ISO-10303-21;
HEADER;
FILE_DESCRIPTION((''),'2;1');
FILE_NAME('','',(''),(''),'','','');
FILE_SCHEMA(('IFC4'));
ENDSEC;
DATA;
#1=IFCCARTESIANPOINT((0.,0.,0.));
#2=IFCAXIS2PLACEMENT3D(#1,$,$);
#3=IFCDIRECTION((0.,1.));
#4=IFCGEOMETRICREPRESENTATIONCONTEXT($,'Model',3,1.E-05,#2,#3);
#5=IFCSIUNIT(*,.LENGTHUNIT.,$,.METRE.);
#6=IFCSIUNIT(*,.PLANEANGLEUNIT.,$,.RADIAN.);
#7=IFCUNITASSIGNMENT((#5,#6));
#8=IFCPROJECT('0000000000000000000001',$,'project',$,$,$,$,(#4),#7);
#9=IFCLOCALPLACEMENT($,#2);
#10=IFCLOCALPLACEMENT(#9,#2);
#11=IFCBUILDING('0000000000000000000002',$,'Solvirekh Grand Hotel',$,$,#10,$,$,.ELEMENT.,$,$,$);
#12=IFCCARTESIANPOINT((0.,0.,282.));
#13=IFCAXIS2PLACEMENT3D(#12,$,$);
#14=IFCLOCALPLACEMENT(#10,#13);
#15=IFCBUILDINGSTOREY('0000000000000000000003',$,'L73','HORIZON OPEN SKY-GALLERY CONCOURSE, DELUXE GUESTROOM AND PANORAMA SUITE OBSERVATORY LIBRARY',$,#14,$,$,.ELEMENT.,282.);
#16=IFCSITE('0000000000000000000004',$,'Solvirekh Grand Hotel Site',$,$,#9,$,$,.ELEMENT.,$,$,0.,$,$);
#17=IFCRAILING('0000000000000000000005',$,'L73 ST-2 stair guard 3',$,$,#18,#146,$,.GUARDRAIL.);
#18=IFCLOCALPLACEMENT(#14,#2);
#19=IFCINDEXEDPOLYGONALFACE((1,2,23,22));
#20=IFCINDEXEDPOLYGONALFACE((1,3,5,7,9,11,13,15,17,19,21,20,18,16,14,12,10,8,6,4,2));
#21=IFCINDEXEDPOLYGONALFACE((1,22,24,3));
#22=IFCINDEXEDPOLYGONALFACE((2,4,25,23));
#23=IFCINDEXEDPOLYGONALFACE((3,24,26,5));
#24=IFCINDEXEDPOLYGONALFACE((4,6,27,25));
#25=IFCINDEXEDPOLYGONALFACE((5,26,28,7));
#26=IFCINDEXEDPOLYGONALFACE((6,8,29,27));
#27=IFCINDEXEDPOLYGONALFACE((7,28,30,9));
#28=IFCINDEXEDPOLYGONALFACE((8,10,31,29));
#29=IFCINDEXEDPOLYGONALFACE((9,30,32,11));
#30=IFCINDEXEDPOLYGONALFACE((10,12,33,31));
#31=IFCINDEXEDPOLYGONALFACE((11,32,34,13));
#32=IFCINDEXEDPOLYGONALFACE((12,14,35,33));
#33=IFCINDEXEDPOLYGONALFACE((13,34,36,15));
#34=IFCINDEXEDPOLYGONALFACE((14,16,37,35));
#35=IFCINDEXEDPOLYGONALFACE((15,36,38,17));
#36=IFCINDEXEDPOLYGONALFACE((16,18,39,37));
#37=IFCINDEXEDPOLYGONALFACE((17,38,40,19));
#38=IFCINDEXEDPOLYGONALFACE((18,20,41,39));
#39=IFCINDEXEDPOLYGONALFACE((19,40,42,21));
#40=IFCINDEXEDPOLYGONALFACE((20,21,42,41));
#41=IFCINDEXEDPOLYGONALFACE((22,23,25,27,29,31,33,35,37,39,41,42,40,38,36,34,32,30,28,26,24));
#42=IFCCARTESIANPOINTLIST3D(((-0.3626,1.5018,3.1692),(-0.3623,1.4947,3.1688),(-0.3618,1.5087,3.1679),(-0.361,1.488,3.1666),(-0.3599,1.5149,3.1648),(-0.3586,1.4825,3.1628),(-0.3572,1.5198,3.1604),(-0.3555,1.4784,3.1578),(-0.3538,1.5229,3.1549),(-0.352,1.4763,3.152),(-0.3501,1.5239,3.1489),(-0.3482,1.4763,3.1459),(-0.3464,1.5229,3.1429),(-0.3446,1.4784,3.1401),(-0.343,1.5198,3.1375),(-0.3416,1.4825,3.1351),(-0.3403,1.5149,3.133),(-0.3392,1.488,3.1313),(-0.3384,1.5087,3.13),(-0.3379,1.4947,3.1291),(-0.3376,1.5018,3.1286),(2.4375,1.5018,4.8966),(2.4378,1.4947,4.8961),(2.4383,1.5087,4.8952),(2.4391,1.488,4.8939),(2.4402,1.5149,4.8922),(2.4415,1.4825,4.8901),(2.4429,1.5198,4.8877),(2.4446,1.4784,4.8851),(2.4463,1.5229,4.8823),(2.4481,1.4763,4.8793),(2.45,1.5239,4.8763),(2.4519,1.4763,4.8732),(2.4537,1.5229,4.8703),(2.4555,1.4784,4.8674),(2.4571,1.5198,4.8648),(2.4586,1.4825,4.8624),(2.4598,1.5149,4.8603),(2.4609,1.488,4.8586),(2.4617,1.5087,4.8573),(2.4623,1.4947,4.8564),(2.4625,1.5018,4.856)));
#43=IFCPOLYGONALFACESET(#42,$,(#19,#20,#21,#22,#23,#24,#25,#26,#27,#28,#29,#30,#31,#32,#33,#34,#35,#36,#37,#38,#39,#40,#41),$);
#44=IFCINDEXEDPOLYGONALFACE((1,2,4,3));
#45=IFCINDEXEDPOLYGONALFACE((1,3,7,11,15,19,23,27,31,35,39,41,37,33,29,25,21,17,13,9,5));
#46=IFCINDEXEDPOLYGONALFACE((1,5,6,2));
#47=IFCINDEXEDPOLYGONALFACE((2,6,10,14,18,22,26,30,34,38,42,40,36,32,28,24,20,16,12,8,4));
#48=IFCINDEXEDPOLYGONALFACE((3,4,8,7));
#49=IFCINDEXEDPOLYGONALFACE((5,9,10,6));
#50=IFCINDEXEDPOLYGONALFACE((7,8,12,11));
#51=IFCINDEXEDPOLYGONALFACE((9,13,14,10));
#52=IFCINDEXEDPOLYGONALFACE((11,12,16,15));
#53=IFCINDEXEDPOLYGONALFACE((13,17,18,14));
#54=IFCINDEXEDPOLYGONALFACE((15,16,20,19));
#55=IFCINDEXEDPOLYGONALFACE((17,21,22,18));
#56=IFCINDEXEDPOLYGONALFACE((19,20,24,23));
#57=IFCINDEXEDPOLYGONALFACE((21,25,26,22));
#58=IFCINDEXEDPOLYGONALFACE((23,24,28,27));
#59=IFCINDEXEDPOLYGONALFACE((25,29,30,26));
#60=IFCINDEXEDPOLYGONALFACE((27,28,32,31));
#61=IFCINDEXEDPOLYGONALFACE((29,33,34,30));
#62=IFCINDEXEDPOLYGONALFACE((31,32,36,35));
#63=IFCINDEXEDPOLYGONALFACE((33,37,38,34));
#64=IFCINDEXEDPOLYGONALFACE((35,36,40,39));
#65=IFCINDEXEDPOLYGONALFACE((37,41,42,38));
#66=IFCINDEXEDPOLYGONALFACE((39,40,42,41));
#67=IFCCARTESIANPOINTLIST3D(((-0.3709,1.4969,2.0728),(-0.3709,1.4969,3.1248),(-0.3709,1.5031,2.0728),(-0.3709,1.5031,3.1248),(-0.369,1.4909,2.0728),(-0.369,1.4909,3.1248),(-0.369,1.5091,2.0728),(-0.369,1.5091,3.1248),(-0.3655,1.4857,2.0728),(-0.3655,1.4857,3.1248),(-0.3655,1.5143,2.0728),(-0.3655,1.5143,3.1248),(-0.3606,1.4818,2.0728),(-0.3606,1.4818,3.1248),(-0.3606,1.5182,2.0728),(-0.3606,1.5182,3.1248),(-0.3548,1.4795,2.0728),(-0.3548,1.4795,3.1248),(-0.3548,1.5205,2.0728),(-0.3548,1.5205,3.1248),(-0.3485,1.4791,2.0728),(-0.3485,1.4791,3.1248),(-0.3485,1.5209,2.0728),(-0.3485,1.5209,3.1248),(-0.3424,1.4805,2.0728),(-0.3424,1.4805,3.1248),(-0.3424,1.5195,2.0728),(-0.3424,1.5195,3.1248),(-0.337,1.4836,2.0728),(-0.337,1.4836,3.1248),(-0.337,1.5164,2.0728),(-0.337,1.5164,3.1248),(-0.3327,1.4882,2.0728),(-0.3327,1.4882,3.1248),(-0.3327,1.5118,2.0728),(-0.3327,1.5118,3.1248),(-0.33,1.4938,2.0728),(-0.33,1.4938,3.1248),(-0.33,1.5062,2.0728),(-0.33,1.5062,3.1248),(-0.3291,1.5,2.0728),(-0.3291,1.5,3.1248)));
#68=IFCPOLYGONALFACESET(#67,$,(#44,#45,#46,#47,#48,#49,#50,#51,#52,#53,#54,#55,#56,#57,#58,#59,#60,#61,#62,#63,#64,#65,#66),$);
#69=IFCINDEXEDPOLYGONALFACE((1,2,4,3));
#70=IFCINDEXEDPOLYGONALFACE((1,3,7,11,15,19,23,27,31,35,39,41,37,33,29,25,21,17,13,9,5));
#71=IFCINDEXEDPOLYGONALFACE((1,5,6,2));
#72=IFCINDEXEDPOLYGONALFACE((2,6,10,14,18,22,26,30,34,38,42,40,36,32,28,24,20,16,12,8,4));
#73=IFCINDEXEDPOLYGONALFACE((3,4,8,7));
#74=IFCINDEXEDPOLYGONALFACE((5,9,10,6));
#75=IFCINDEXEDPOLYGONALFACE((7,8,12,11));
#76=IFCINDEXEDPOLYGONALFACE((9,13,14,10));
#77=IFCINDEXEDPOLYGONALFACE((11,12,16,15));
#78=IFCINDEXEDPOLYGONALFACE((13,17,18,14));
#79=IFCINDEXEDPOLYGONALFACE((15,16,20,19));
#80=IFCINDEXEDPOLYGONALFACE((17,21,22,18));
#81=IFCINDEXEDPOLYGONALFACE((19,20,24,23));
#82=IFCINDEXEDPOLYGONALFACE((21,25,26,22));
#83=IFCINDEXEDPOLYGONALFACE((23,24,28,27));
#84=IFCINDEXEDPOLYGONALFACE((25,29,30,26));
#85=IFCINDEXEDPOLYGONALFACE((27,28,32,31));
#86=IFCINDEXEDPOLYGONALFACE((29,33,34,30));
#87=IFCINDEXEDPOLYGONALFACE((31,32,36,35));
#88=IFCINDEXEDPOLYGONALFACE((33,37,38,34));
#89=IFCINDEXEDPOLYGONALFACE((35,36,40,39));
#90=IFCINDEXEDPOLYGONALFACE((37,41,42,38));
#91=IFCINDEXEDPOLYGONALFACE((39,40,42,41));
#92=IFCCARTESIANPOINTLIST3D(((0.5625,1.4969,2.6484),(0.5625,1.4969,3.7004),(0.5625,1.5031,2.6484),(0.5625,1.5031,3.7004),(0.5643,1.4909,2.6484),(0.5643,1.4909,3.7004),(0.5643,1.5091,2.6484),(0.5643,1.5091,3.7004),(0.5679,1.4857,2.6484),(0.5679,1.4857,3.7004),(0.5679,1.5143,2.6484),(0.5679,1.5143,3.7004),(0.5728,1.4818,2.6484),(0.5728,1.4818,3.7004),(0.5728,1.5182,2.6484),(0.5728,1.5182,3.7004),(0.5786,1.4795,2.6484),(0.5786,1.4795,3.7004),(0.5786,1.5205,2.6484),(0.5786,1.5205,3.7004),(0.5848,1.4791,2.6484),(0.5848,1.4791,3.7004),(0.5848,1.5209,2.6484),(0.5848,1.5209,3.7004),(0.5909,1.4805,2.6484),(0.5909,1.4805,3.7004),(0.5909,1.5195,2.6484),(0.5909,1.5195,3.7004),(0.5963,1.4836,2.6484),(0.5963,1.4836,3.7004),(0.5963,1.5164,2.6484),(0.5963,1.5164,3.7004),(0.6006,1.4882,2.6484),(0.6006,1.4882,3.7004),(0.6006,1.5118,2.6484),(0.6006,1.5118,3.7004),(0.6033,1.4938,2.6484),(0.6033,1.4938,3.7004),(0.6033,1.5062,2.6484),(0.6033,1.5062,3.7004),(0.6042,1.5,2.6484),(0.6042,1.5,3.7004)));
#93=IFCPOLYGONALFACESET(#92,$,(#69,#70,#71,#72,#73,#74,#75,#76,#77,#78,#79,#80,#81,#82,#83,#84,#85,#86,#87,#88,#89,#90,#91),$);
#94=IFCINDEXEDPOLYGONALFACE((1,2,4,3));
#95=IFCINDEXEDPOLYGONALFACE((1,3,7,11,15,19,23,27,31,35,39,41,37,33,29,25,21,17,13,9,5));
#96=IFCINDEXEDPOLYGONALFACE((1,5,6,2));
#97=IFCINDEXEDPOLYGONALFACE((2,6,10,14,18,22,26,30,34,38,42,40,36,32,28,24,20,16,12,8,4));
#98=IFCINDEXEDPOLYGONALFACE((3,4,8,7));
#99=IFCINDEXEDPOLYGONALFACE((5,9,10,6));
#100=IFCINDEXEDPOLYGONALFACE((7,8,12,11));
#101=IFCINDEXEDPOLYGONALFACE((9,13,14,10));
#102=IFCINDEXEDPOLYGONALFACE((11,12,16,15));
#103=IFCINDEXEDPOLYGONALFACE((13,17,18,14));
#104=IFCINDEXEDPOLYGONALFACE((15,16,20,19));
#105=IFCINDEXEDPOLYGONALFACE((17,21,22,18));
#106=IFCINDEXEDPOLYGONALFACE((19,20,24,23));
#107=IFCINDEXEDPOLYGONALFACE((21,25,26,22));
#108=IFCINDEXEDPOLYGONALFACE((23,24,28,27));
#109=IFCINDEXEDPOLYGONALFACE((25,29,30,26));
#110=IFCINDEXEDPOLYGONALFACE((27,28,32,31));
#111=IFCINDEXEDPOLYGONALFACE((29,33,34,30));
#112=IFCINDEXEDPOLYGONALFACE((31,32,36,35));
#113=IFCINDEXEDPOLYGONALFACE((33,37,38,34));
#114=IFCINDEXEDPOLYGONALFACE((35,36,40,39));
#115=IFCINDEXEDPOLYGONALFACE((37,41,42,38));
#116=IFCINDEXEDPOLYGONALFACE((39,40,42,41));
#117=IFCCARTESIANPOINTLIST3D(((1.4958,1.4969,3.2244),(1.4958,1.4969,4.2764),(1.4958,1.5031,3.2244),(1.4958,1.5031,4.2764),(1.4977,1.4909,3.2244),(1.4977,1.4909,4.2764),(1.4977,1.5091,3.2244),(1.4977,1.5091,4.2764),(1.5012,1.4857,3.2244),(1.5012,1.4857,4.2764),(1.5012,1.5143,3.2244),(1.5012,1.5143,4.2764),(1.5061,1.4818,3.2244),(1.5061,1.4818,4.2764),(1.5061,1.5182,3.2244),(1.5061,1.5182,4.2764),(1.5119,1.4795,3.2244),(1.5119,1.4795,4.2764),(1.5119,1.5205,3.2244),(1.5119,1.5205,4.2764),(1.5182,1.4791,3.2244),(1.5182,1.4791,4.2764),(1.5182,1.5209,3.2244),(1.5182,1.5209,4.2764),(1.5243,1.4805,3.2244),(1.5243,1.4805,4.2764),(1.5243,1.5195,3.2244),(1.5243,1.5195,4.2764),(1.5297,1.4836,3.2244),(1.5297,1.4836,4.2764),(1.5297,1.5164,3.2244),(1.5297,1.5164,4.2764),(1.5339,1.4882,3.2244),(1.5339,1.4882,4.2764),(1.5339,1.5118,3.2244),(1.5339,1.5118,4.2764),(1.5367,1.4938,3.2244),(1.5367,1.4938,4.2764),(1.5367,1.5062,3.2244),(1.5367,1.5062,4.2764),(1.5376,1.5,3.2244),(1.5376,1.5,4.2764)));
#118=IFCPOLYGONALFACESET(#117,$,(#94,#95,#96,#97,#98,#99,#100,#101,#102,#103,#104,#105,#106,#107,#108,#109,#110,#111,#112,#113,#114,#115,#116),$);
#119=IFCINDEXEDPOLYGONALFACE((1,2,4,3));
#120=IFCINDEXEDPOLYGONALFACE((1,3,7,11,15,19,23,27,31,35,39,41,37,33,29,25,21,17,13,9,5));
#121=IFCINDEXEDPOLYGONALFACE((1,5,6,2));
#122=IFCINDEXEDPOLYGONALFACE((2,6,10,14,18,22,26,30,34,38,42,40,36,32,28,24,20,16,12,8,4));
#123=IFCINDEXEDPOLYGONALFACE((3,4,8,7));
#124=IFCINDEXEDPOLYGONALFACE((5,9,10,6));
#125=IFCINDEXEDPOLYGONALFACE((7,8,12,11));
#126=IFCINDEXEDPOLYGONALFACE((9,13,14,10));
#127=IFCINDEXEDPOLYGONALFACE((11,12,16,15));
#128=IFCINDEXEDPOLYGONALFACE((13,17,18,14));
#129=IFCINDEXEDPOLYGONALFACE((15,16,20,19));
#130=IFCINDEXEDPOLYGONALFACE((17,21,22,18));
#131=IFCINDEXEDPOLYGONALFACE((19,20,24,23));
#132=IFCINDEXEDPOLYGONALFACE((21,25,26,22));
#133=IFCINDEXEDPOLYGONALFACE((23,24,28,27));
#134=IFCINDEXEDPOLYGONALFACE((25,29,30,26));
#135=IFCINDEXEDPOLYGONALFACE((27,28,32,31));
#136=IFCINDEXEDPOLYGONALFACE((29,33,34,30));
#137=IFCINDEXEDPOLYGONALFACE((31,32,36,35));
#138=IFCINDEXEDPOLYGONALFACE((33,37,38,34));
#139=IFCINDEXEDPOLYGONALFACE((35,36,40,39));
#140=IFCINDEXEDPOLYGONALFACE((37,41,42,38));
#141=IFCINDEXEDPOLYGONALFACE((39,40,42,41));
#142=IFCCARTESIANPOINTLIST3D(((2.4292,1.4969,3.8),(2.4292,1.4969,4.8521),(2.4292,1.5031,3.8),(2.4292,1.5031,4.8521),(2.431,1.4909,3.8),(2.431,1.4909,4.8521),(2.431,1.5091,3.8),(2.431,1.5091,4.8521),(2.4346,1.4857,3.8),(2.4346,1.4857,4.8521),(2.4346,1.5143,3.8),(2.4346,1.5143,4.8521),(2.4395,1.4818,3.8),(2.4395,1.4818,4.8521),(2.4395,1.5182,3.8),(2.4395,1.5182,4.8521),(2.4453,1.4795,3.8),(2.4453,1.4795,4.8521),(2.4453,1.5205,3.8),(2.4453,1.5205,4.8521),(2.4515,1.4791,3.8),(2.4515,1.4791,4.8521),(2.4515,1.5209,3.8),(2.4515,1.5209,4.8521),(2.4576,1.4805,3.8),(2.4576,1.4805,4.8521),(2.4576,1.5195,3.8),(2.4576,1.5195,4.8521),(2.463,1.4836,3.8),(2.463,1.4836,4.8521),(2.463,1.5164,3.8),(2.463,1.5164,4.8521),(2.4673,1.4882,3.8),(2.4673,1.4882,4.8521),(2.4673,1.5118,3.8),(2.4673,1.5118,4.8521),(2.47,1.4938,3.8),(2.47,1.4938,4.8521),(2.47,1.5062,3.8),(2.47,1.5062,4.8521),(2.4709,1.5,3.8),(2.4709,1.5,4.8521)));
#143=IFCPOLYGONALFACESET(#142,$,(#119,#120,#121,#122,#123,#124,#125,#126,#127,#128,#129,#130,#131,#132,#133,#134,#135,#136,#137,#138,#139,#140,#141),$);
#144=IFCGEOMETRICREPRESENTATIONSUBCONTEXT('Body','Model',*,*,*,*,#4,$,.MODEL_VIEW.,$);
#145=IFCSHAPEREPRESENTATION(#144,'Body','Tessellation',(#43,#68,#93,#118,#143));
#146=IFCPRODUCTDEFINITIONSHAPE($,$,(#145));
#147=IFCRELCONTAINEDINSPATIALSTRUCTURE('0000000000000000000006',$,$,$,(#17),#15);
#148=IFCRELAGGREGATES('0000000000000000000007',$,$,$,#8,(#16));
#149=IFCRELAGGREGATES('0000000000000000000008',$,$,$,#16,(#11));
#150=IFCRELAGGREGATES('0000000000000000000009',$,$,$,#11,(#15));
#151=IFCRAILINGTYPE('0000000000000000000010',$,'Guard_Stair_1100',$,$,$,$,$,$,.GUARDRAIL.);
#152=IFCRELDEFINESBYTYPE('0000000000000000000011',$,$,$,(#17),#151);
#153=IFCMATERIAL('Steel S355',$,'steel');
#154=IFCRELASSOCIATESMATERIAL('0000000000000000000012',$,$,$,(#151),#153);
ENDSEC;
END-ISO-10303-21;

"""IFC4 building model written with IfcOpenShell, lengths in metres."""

from ifc_helpers import new_model, si_unit, direction, frame, origin, origin_2d, place, context, subcontext, project, spatial, circle, extrude, material, type_object, element, save


model = new_model("IFC4")

# Units and contexts
model_context = context("Model", 3, precision=1e-05, world=origin(), true_north=direction((0.0, 1.0)))
body_context = subcontext(model_context, "Body", "Model", "MODEL_VIEW")
ifc_project = project(units=[si_unit("LENGTHUNIT", "METRE"), si_unit("PLANEANGLEUNIT", "RADIAN")], contexts=[model_context])

# Site, building, storey
site_placement = place(None, origin())
site = spatial("IfcSite", under=ifc_project, at=site_placement, Name="Solvirekh Grand Hotel Site", CompositionType="ELEMENT", RefElevation=0.0)
building_placement = place(site_placement, origin())
building = spatial("IfcBuilding", under=site, at=building_placement, Name="Solvirekh Grand Hotel", CompositionType="ELEMENT")
storey_placement = place(building_placement, frame((0.0, 0.0, 282.0)))
storey = spatial("IfcBuildingStorey", under=building, at=storey_placement, Name="L73", Description="HORIZON OPEN SKY-GALLERY CONCOURSE, DELUXE GUESTROOM AND PANORAMA SUITE OBSERVATORY LIBRARY", CompositionType="ELEMENT", Elevation=282.0)

# Railing
ifc_material_1 = material(Name="Steel S355", Category="steel")
railing_type_1 = type_object("IfcRailingType", Name="Guard_Stair_1100", PredefinedType="GUARDRAIL", material=ifc_material_1)
railing_1_placement = place(storey_placement, frame((-0.3501, 1.5, 2.0728)))
element("IfcRailing", 1, at=railing_1_placement, inside=storey, type_object=railing_type_1, Name="L73 ST-2 stair guard 3", PredefinedType="GUARDRAIL", context=body_context, shape_type="SweptSolid", body=[
    extrude(circle(Radius=0.0239, at=origin_2d()), frame((0.0, 0.0, 1.0762), z_axis=(0.85109, 0.0, 0.52502), x_axis=(0.0, 1.0, 0.0)), (0.0, 0.0, 1.0), 3.29),
    extrude(circle(Radius=0.021, at=origin_2d()), origin(), (0.0, 0.0, 1.0), 1.052),
    extrude(circle(Radius=0.021, at=origin_2d()), frame((0.9333, 0.0, 0.5757)), (0.0, 0.0, 1.0), 1.052),
    extrude(circle(Radius=0.021, at=origin_2d()), frame((1.8667, 0.0, 1.1516)), (0.0, 0.0, 1.0), 1.052),
    extrude(circle(Radius=0.021, at=origin_2d()), frame((2.8, 0.0, 1.7273)), (0.0, 0.0, 1.0), 1.052),
])

save(model, "model.ifc")
